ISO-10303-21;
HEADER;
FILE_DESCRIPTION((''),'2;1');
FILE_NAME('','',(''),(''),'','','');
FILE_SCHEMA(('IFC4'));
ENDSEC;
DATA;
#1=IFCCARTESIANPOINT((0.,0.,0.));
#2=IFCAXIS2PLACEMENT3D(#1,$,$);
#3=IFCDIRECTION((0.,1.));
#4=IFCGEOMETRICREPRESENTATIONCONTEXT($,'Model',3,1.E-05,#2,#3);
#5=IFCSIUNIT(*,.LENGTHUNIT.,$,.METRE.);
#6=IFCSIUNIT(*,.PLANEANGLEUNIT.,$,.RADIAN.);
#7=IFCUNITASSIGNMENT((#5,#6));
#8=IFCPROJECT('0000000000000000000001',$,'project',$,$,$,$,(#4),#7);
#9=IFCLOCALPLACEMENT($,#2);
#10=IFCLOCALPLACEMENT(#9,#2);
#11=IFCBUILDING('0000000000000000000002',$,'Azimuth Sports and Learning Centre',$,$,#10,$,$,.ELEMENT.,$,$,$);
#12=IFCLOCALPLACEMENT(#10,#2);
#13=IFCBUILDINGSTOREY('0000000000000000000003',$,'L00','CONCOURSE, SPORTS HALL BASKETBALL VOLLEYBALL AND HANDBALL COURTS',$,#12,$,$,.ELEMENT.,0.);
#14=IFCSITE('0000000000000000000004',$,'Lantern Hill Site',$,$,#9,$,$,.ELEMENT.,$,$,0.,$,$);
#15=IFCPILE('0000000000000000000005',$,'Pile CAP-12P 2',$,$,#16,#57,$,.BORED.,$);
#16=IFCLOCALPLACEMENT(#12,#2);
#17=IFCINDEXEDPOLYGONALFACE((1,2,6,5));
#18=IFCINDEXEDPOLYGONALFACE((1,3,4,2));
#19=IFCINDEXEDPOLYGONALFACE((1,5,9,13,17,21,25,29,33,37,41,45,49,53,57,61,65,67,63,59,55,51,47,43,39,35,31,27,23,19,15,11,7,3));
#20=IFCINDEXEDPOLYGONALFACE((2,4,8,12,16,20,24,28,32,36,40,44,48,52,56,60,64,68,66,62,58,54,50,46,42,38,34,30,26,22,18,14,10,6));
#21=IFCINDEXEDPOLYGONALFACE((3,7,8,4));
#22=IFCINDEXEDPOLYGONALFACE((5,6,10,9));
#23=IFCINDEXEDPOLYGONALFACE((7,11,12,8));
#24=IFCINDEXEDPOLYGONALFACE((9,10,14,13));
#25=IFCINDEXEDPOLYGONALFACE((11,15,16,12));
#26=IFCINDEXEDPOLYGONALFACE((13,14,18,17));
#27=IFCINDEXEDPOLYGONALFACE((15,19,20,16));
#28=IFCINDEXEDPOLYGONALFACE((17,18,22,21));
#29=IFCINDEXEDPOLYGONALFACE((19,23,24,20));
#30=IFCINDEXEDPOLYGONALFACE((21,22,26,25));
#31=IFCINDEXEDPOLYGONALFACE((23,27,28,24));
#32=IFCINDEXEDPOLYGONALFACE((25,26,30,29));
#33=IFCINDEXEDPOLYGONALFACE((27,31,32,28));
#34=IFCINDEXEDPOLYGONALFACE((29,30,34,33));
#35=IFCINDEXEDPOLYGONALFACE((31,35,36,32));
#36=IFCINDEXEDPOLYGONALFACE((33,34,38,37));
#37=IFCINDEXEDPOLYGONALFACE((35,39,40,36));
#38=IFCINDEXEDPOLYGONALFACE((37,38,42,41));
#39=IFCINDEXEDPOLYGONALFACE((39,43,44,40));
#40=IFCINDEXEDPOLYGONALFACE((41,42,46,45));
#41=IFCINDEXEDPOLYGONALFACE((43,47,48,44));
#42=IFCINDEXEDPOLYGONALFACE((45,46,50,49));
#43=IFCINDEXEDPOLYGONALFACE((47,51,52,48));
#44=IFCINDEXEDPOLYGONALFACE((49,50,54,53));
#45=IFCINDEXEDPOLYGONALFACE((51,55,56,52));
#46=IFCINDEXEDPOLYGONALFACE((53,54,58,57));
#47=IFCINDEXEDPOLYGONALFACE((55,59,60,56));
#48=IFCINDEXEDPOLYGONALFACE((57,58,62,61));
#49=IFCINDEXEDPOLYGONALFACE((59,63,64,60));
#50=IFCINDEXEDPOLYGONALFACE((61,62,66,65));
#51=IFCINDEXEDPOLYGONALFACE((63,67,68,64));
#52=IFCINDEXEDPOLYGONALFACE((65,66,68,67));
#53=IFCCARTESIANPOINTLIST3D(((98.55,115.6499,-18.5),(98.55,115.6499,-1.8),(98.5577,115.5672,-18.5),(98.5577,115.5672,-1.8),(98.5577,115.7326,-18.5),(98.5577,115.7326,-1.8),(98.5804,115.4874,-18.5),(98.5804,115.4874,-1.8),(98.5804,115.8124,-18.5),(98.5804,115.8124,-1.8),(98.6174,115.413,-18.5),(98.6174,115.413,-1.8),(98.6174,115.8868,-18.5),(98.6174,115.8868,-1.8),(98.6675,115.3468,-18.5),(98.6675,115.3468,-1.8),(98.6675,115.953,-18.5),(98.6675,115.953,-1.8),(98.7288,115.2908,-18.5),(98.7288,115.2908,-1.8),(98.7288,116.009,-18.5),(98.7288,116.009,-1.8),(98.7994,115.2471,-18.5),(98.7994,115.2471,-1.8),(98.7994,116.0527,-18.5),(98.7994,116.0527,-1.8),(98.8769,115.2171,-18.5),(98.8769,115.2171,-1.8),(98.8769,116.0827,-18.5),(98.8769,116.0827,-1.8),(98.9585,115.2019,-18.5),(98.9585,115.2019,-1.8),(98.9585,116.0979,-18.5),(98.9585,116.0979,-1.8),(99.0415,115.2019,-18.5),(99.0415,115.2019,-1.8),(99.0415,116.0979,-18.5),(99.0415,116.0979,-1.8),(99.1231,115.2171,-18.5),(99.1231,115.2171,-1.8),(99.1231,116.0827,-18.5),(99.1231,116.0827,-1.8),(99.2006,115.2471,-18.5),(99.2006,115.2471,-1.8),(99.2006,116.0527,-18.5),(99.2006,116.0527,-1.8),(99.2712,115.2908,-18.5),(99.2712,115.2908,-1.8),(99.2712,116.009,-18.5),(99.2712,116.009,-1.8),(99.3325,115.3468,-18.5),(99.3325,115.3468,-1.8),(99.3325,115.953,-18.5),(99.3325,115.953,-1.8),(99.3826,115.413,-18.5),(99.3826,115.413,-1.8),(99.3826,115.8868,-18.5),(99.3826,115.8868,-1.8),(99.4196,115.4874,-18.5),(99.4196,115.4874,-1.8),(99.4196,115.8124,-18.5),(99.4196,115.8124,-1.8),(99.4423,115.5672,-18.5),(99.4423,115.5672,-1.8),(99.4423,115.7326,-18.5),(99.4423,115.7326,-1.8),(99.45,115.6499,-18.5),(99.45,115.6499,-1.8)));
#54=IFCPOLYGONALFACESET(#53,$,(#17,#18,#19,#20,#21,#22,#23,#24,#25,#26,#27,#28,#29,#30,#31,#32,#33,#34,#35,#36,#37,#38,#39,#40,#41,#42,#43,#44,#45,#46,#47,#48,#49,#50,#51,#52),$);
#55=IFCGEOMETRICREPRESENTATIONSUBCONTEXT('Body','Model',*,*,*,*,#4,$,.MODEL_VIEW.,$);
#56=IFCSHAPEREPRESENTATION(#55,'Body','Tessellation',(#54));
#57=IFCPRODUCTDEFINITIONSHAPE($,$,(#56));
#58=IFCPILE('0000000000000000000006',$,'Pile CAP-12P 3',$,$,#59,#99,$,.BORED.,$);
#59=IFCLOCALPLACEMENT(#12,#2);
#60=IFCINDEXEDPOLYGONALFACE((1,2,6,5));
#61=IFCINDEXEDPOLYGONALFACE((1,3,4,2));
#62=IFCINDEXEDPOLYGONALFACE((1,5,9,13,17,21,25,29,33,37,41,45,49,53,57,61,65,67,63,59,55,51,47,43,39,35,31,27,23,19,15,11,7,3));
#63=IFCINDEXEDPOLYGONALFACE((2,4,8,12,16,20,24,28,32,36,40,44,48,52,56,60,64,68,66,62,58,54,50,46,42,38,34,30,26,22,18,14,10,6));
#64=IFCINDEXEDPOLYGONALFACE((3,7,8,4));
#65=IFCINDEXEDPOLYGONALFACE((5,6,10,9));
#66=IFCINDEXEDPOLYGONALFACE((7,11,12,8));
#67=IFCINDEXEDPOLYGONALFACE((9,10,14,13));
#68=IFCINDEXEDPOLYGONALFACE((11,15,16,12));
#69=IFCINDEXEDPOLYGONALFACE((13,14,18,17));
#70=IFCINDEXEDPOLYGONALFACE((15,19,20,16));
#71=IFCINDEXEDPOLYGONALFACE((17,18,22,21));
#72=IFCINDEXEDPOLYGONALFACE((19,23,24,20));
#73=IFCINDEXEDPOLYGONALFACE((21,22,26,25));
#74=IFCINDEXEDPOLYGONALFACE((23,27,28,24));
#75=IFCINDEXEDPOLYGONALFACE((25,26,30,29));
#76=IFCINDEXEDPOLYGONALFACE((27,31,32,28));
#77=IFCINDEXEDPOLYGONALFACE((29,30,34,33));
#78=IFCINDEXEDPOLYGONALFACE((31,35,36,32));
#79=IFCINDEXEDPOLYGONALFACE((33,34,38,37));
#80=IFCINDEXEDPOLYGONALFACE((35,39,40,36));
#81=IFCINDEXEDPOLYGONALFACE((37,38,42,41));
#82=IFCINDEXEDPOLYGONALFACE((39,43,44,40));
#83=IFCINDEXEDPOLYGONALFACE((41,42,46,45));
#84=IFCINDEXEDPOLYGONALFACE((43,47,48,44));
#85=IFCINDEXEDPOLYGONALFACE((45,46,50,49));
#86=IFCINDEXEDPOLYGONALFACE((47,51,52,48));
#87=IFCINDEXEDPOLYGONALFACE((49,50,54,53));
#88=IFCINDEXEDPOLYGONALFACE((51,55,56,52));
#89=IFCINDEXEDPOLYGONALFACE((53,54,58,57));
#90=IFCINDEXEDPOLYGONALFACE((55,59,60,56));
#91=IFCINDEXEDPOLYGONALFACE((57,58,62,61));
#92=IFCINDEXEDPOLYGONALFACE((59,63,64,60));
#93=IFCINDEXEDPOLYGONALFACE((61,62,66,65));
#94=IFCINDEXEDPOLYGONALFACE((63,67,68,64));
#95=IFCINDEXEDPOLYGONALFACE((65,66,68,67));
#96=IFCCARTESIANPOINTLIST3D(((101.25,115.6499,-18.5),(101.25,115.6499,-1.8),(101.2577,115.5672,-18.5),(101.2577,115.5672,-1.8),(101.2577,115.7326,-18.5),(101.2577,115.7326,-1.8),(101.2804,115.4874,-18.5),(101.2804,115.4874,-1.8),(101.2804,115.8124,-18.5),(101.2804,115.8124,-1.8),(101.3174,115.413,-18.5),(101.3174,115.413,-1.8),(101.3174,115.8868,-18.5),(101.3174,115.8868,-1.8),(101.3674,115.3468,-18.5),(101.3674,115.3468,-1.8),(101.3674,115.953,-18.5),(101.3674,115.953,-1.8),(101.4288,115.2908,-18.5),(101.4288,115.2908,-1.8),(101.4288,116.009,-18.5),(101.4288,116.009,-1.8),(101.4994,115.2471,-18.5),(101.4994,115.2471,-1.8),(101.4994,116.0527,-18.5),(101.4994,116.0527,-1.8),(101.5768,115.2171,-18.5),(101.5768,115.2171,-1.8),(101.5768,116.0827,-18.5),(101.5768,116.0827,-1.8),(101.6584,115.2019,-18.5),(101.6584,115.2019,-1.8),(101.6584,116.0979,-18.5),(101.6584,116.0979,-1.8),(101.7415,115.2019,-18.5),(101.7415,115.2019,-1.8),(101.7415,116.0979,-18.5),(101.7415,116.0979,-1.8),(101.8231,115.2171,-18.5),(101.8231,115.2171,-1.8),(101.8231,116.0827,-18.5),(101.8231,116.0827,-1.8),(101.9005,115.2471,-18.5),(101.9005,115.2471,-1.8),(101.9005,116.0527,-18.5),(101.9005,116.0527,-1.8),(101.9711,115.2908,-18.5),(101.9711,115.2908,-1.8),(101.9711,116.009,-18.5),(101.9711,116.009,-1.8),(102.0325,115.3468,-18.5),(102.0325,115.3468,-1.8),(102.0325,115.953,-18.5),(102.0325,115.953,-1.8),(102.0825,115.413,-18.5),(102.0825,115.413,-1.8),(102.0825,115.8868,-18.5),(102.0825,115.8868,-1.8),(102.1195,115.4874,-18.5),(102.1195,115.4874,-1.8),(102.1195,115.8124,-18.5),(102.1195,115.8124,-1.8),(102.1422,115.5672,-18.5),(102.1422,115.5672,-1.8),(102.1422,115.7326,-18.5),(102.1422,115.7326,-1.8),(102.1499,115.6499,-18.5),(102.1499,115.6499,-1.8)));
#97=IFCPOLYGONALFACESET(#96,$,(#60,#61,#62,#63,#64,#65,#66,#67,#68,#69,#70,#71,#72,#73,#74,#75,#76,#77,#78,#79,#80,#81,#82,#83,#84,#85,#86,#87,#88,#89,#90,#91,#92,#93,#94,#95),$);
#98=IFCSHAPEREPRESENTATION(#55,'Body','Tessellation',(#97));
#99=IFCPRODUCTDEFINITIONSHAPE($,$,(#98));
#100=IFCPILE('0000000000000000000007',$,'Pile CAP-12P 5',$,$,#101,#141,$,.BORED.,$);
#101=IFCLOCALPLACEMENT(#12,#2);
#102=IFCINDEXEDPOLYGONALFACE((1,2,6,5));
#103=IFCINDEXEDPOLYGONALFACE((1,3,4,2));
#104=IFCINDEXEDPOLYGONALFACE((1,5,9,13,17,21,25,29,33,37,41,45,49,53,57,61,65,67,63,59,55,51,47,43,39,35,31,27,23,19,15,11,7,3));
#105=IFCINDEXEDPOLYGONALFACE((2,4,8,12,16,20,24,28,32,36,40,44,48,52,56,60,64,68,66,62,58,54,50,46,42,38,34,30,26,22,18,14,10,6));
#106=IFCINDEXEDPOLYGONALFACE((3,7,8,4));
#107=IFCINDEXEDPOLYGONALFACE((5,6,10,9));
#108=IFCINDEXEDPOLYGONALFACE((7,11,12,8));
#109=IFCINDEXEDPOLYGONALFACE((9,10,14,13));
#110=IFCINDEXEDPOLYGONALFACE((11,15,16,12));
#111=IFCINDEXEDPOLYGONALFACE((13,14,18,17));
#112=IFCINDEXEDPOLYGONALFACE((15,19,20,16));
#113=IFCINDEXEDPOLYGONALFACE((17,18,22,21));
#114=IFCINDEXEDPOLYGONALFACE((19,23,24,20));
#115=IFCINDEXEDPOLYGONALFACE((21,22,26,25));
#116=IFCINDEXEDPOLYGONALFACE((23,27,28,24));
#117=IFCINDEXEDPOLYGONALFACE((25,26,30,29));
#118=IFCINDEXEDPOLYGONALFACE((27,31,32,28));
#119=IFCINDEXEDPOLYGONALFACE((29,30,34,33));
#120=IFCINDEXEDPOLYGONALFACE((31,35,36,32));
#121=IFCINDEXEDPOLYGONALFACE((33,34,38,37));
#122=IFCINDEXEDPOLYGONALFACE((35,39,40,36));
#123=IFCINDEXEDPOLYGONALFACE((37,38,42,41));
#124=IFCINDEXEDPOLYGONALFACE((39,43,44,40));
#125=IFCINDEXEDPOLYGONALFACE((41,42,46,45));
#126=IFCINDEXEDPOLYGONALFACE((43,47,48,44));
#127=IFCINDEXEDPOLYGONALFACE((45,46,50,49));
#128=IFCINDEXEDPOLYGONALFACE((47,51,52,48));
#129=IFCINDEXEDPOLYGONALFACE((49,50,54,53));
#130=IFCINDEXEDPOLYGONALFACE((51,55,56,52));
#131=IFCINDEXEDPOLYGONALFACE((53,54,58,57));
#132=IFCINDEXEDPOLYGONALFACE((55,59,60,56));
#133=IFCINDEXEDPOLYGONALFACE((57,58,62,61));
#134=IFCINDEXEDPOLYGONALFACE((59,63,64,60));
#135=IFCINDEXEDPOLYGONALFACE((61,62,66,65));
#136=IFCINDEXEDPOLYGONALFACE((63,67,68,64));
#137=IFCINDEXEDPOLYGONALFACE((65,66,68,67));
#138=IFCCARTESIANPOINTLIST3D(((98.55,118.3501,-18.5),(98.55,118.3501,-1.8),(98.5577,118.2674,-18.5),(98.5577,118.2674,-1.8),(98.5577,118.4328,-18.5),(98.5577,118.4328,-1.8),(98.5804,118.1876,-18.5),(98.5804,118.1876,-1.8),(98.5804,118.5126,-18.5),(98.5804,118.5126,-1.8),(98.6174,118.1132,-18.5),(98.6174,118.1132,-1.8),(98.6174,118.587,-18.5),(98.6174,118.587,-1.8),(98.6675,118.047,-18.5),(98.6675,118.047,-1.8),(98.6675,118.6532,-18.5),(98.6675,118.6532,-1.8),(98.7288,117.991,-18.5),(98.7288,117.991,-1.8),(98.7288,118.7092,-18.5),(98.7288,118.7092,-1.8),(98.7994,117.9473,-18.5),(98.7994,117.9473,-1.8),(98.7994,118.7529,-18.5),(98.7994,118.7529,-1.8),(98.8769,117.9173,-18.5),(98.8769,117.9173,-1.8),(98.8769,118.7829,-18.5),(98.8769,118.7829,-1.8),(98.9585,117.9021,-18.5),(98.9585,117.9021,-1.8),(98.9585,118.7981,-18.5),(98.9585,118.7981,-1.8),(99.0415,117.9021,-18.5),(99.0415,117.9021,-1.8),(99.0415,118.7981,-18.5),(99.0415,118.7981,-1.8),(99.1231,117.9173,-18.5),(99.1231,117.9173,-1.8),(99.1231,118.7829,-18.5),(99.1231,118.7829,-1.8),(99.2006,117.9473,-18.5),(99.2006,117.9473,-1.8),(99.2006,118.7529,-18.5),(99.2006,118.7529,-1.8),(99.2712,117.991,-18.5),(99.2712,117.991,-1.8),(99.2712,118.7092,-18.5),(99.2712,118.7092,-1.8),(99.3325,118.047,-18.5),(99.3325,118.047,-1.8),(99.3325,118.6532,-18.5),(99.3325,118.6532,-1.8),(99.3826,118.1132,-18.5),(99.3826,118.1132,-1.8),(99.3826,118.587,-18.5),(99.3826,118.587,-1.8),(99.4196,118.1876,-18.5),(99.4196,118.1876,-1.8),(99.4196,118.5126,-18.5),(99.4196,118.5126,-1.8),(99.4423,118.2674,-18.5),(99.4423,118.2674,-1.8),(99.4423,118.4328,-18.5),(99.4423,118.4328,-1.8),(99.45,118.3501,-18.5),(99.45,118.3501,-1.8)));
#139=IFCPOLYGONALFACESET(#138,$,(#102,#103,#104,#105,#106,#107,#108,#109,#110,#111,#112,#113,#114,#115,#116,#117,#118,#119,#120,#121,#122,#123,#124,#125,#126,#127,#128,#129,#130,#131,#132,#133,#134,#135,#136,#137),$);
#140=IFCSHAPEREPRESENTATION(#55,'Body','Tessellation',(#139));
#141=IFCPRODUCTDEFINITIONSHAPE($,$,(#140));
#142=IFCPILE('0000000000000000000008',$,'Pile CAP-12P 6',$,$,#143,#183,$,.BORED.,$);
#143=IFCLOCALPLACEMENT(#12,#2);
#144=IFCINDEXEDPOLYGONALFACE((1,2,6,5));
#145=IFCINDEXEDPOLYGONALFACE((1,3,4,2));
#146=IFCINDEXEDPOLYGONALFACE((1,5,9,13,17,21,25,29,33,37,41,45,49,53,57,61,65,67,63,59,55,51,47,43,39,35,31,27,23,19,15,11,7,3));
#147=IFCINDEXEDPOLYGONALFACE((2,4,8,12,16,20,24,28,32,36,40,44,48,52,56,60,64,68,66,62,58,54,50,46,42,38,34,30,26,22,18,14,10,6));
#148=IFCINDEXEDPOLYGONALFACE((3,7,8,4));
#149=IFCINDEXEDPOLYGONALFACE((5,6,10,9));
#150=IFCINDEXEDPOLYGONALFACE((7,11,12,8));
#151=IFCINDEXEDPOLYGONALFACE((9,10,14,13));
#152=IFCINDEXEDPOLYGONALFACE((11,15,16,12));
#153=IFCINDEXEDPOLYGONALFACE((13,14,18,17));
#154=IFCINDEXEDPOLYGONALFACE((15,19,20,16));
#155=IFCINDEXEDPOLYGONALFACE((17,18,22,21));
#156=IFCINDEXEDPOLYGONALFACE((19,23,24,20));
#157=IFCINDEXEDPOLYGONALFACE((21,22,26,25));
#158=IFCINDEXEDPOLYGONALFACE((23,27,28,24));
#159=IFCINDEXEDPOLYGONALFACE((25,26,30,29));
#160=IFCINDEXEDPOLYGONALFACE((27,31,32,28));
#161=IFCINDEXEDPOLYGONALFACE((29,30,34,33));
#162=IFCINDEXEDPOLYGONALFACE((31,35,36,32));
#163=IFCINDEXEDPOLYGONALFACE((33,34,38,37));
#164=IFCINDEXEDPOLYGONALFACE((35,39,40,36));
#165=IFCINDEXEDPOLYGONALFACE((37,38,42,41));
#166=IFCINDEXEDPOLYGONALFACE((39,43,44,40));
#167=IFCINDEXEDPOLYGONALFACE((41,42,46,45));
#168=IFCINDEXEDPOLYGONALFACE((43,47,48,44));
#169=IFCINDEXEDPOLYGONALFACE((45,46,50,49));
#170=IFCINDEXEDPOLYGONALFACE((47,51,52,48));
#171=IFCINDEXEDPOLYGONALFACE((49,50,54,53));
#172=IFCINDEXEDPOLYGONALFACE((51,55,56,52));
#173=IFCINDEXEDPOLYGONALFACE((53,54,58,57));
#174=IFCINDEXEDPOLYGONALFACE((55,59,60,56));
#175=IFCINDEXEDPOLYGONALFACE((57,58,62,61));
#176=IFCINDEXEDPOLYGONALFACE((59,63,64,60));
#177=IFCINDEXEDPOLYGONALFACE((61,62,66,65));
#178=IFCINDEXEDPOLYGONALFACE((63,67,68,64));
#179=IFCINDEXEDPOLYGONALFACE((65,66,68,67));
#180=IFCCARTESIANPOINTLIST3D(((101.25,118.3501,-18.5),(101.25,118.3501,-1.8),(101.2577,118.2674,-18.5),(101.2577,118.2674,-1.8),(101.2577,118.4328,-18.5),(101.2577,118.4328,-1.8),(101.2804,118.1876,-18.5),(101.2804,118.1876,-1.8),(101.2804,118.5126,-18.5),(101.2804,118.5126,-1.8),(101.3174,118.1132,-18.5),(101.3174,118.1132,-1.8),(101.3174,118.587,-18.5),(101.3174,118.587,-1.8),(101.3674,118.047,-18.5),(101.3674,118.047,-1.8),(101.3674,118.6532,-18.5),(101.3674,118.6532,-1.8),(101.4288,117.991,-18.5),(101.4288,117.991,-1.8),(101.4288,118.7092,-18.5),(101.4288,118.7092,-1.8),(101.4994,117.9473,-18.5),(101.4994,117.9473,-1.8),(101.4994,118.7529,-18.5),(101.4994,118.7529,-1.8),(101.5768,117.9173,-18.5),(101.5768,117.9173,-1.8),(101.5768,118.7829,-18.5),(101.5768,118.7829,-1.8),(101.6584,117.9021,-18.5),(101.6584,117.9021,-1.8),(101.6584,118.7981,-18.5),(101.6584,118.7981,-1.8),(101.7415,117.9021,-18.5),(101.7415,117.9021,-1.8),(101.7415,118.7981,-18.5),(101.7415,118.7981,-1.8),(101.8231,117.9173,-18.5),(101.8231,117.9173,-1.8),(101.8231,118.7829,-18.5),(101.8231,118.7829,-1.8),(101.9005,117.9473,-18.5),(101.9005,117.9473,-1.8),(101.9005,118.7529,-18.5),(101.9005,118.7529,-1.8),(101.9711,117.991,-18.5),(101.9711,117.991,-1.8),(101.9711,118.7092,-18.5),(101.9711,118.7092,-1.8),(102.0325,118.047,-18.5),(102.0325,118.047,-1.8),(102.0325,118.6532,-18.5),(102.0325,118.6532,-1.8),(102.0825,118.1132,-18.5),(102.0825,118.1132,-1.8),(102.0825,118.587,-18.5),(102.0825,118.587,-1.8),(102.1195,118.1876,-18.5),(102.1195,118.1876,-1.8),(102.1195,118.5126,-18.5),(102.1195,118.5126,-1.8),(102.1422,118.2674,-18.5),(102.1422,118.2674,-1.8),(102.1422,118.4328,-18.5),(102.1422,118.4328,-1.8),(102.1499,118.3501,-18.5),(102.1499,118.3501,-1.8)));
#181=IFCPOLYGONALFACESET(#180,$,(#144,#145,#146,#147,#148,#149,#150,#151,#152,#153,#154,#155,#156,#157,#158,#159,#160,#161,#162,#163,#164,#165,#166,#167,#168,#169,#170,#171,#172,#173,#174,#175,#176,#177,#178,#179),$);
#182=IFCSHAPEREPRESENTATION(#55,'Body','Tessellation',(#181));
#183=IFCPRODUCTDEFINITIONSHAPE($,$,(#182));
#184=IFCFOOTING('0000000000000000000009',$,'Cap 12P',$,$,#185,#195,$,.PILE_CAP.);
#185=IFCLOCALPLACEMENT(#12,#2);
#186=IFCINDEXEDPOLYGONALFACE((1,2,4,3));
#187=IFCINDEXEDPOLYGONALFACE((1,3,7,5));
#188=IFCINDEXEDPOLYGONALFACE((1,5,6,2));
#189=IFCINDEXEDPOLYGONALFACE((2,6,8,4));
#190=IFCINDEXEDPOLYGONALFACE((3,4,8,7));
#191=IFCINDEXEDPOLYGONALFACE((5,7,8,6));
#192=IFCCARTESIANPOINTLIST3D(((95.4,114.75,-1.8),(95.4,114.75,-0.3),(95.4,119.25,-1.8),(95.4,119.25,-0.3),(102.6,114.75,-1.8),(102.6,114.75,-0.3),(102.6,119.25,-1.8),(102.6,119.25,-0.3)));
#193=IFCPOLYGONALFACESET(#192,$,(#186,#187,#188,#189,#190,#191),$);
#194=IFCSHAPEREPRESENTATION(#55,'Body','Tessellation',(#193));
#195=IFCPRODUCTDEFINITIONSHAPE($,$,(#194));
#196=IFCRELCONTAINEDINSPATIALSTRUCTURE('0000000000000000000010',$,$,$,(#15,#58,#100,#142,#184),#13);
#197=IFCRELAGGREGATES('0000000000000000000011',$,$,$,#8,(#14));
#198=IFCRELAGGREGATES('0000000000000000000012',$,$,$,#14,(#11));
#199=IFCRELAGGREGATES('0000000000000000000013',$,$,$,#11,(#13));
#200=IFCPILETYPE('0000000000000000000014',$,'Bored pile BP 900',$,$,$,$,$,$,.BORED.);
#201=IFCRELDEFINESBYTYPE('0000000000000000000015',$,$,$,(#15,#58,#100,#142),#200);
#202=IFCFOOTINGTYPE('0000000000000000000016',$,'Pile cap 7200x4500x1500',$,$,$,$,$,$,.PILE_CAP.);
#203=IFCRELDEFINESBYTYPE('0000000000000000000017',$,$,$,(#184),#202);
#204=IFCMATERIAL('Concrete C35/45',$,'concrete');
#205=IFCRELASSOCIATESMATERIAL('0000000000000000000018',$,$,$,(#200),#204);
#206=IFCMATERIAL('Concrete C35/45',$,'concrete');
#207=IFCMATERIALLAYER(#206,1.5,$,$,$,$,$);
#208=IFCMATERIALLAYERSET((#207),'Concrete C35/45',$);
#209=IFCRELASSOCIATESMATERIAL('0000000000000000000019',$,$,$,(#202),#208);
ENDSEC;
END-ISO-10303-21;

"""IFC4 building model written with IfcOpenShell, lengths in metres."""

from ifc_helpers import new_model, si_unit, direction, frame, origin, origin_2d, place, context, subcontext, project, spatial, rectangle, circle, extrude, material, layer, layer_set, material_profile, profile_set, type_object, element, save


model = new_model("IFC4")

# Units and contexts
model_context = context("Model", 3, precision=1e-05, world=origin(), true_north=direction((0.0, 1.0)))
body_context = subcontext(model_context, "Body", "Model", "MODEL_VIEW")
ifc_project = project(units=[si_unit("LENGTHUNIT", "METRE"), si_unit("PLANEANGLEUNIT", "RADIAN")], contexts=[model_context])

# Site, building, storey
site_placement = place(None, origin())
site = spatial("IfcSite", under=ifc_project, at=site_placement, Name="Lantern Hill Site", CompositionType="ELEMENT", RefElevation=0.0)
building_placement = place(site_placement, origin())
building = spatial("IfcBuilding", under=site, at=building_placement, Name="Azimuth Sports and Learning Centre", CompositionType="ELEMENT")
storey_placement = place(building_placement, origin())
storey = spatial("IfcBuildingStorey", under=building, at=storey_placement, Name="L00", Description="CONCOURSE, SPORTS HALL BASKETBALL VOLLEYBALL AND HANDBALL COURTS", CompositionType="ELEMENT", Elevation=0.0)

# Piles
ifc_material_1 = material(Name="Concrete C35/45", Category="concrete")
ifc_material_profile_1 = material_profile(ifc_material_1, circle(Radius=0.45, at=origin_2d()), Name="BP 900")
ifc_profile_set_1 = profile_set([ifc_material_profile_1], Name="Concrete C35/45")
pile_type = type_object("IfcPileType", Name="Bored pile BP 900", PredefinedType="BORED", material=ifc_profile_set_1)
for number, where, z_axis, x_axis, name in (
    (1, (99.0, 115.6499, -1.8), (0.0, 0.0, -1.0), (1.0, 0.0, 0.0), "Pile CAP-12P 2"),
    (2, (101.7, 115.6499, -1.8), (0.0, 0.0, -1.0), (1.0, 0.0, 0.0), "Pile CAP-12P 3"),
    (3, (99.0, 118.3501, -1.8), (0.0, 0.0, -1.0), (1.0, 0.0, 0.0), "Pile CAP-12P 5"),
    (4, (101.7, 118.3501, -1.8), (0.0, 0.0, -1.0), (1.0, 0.0, 0.0), "Pile CAP-12P 6"),
):
    element("IfcPile", number, at=place(storey_placement, frame(where, z_axis=z_axis, x_axis=x_axis)), inside=storey, type_object=pile_type, Name=name, PredefinedType="BORED", context=body_context, shape_type="SweptSolid", body=[
        extrude(circle(Radius=0.45, at=origin_2d()), origin(), (0.0, 0.0, 1.0), 16.7),
    ])

# Footing
ifc_material_2 = material(Name="Concrete C35/45", Category="concrete")
ifc_layer_1 = layer(ifc_material_2, 1.5)
ifc_layer_set_1 = layer_set([ifc_layer_1], Name="Concrete C35/45")
footing_type = type_object("IfcFootingType", Name="Pile cap 7200x4500x1500", PredefinedType="PILE_CAP", material=ifc_layer_set_1)
footing_placement = place(storey_placement, frame((99.0, 117.0, -1.8), z_axis=(0.0, 0.0, 1.0), x_axis=(1.0, 0.0, 0.0)))
element("IfcFooting", 5, at=footing_placement, inside=storey, type_object=footing_type, Name="Cap 12P", PredefinedType="PILE_CAP", context=body_context, shape_type="SweptSolid", body=[
    extrude(rectangle(XDim=7.2, YDim=4.5, at=origin_2d()), origin(), (0.0, 0.0, 1.0), 1.5),
])

save(model, "model.ifc")
